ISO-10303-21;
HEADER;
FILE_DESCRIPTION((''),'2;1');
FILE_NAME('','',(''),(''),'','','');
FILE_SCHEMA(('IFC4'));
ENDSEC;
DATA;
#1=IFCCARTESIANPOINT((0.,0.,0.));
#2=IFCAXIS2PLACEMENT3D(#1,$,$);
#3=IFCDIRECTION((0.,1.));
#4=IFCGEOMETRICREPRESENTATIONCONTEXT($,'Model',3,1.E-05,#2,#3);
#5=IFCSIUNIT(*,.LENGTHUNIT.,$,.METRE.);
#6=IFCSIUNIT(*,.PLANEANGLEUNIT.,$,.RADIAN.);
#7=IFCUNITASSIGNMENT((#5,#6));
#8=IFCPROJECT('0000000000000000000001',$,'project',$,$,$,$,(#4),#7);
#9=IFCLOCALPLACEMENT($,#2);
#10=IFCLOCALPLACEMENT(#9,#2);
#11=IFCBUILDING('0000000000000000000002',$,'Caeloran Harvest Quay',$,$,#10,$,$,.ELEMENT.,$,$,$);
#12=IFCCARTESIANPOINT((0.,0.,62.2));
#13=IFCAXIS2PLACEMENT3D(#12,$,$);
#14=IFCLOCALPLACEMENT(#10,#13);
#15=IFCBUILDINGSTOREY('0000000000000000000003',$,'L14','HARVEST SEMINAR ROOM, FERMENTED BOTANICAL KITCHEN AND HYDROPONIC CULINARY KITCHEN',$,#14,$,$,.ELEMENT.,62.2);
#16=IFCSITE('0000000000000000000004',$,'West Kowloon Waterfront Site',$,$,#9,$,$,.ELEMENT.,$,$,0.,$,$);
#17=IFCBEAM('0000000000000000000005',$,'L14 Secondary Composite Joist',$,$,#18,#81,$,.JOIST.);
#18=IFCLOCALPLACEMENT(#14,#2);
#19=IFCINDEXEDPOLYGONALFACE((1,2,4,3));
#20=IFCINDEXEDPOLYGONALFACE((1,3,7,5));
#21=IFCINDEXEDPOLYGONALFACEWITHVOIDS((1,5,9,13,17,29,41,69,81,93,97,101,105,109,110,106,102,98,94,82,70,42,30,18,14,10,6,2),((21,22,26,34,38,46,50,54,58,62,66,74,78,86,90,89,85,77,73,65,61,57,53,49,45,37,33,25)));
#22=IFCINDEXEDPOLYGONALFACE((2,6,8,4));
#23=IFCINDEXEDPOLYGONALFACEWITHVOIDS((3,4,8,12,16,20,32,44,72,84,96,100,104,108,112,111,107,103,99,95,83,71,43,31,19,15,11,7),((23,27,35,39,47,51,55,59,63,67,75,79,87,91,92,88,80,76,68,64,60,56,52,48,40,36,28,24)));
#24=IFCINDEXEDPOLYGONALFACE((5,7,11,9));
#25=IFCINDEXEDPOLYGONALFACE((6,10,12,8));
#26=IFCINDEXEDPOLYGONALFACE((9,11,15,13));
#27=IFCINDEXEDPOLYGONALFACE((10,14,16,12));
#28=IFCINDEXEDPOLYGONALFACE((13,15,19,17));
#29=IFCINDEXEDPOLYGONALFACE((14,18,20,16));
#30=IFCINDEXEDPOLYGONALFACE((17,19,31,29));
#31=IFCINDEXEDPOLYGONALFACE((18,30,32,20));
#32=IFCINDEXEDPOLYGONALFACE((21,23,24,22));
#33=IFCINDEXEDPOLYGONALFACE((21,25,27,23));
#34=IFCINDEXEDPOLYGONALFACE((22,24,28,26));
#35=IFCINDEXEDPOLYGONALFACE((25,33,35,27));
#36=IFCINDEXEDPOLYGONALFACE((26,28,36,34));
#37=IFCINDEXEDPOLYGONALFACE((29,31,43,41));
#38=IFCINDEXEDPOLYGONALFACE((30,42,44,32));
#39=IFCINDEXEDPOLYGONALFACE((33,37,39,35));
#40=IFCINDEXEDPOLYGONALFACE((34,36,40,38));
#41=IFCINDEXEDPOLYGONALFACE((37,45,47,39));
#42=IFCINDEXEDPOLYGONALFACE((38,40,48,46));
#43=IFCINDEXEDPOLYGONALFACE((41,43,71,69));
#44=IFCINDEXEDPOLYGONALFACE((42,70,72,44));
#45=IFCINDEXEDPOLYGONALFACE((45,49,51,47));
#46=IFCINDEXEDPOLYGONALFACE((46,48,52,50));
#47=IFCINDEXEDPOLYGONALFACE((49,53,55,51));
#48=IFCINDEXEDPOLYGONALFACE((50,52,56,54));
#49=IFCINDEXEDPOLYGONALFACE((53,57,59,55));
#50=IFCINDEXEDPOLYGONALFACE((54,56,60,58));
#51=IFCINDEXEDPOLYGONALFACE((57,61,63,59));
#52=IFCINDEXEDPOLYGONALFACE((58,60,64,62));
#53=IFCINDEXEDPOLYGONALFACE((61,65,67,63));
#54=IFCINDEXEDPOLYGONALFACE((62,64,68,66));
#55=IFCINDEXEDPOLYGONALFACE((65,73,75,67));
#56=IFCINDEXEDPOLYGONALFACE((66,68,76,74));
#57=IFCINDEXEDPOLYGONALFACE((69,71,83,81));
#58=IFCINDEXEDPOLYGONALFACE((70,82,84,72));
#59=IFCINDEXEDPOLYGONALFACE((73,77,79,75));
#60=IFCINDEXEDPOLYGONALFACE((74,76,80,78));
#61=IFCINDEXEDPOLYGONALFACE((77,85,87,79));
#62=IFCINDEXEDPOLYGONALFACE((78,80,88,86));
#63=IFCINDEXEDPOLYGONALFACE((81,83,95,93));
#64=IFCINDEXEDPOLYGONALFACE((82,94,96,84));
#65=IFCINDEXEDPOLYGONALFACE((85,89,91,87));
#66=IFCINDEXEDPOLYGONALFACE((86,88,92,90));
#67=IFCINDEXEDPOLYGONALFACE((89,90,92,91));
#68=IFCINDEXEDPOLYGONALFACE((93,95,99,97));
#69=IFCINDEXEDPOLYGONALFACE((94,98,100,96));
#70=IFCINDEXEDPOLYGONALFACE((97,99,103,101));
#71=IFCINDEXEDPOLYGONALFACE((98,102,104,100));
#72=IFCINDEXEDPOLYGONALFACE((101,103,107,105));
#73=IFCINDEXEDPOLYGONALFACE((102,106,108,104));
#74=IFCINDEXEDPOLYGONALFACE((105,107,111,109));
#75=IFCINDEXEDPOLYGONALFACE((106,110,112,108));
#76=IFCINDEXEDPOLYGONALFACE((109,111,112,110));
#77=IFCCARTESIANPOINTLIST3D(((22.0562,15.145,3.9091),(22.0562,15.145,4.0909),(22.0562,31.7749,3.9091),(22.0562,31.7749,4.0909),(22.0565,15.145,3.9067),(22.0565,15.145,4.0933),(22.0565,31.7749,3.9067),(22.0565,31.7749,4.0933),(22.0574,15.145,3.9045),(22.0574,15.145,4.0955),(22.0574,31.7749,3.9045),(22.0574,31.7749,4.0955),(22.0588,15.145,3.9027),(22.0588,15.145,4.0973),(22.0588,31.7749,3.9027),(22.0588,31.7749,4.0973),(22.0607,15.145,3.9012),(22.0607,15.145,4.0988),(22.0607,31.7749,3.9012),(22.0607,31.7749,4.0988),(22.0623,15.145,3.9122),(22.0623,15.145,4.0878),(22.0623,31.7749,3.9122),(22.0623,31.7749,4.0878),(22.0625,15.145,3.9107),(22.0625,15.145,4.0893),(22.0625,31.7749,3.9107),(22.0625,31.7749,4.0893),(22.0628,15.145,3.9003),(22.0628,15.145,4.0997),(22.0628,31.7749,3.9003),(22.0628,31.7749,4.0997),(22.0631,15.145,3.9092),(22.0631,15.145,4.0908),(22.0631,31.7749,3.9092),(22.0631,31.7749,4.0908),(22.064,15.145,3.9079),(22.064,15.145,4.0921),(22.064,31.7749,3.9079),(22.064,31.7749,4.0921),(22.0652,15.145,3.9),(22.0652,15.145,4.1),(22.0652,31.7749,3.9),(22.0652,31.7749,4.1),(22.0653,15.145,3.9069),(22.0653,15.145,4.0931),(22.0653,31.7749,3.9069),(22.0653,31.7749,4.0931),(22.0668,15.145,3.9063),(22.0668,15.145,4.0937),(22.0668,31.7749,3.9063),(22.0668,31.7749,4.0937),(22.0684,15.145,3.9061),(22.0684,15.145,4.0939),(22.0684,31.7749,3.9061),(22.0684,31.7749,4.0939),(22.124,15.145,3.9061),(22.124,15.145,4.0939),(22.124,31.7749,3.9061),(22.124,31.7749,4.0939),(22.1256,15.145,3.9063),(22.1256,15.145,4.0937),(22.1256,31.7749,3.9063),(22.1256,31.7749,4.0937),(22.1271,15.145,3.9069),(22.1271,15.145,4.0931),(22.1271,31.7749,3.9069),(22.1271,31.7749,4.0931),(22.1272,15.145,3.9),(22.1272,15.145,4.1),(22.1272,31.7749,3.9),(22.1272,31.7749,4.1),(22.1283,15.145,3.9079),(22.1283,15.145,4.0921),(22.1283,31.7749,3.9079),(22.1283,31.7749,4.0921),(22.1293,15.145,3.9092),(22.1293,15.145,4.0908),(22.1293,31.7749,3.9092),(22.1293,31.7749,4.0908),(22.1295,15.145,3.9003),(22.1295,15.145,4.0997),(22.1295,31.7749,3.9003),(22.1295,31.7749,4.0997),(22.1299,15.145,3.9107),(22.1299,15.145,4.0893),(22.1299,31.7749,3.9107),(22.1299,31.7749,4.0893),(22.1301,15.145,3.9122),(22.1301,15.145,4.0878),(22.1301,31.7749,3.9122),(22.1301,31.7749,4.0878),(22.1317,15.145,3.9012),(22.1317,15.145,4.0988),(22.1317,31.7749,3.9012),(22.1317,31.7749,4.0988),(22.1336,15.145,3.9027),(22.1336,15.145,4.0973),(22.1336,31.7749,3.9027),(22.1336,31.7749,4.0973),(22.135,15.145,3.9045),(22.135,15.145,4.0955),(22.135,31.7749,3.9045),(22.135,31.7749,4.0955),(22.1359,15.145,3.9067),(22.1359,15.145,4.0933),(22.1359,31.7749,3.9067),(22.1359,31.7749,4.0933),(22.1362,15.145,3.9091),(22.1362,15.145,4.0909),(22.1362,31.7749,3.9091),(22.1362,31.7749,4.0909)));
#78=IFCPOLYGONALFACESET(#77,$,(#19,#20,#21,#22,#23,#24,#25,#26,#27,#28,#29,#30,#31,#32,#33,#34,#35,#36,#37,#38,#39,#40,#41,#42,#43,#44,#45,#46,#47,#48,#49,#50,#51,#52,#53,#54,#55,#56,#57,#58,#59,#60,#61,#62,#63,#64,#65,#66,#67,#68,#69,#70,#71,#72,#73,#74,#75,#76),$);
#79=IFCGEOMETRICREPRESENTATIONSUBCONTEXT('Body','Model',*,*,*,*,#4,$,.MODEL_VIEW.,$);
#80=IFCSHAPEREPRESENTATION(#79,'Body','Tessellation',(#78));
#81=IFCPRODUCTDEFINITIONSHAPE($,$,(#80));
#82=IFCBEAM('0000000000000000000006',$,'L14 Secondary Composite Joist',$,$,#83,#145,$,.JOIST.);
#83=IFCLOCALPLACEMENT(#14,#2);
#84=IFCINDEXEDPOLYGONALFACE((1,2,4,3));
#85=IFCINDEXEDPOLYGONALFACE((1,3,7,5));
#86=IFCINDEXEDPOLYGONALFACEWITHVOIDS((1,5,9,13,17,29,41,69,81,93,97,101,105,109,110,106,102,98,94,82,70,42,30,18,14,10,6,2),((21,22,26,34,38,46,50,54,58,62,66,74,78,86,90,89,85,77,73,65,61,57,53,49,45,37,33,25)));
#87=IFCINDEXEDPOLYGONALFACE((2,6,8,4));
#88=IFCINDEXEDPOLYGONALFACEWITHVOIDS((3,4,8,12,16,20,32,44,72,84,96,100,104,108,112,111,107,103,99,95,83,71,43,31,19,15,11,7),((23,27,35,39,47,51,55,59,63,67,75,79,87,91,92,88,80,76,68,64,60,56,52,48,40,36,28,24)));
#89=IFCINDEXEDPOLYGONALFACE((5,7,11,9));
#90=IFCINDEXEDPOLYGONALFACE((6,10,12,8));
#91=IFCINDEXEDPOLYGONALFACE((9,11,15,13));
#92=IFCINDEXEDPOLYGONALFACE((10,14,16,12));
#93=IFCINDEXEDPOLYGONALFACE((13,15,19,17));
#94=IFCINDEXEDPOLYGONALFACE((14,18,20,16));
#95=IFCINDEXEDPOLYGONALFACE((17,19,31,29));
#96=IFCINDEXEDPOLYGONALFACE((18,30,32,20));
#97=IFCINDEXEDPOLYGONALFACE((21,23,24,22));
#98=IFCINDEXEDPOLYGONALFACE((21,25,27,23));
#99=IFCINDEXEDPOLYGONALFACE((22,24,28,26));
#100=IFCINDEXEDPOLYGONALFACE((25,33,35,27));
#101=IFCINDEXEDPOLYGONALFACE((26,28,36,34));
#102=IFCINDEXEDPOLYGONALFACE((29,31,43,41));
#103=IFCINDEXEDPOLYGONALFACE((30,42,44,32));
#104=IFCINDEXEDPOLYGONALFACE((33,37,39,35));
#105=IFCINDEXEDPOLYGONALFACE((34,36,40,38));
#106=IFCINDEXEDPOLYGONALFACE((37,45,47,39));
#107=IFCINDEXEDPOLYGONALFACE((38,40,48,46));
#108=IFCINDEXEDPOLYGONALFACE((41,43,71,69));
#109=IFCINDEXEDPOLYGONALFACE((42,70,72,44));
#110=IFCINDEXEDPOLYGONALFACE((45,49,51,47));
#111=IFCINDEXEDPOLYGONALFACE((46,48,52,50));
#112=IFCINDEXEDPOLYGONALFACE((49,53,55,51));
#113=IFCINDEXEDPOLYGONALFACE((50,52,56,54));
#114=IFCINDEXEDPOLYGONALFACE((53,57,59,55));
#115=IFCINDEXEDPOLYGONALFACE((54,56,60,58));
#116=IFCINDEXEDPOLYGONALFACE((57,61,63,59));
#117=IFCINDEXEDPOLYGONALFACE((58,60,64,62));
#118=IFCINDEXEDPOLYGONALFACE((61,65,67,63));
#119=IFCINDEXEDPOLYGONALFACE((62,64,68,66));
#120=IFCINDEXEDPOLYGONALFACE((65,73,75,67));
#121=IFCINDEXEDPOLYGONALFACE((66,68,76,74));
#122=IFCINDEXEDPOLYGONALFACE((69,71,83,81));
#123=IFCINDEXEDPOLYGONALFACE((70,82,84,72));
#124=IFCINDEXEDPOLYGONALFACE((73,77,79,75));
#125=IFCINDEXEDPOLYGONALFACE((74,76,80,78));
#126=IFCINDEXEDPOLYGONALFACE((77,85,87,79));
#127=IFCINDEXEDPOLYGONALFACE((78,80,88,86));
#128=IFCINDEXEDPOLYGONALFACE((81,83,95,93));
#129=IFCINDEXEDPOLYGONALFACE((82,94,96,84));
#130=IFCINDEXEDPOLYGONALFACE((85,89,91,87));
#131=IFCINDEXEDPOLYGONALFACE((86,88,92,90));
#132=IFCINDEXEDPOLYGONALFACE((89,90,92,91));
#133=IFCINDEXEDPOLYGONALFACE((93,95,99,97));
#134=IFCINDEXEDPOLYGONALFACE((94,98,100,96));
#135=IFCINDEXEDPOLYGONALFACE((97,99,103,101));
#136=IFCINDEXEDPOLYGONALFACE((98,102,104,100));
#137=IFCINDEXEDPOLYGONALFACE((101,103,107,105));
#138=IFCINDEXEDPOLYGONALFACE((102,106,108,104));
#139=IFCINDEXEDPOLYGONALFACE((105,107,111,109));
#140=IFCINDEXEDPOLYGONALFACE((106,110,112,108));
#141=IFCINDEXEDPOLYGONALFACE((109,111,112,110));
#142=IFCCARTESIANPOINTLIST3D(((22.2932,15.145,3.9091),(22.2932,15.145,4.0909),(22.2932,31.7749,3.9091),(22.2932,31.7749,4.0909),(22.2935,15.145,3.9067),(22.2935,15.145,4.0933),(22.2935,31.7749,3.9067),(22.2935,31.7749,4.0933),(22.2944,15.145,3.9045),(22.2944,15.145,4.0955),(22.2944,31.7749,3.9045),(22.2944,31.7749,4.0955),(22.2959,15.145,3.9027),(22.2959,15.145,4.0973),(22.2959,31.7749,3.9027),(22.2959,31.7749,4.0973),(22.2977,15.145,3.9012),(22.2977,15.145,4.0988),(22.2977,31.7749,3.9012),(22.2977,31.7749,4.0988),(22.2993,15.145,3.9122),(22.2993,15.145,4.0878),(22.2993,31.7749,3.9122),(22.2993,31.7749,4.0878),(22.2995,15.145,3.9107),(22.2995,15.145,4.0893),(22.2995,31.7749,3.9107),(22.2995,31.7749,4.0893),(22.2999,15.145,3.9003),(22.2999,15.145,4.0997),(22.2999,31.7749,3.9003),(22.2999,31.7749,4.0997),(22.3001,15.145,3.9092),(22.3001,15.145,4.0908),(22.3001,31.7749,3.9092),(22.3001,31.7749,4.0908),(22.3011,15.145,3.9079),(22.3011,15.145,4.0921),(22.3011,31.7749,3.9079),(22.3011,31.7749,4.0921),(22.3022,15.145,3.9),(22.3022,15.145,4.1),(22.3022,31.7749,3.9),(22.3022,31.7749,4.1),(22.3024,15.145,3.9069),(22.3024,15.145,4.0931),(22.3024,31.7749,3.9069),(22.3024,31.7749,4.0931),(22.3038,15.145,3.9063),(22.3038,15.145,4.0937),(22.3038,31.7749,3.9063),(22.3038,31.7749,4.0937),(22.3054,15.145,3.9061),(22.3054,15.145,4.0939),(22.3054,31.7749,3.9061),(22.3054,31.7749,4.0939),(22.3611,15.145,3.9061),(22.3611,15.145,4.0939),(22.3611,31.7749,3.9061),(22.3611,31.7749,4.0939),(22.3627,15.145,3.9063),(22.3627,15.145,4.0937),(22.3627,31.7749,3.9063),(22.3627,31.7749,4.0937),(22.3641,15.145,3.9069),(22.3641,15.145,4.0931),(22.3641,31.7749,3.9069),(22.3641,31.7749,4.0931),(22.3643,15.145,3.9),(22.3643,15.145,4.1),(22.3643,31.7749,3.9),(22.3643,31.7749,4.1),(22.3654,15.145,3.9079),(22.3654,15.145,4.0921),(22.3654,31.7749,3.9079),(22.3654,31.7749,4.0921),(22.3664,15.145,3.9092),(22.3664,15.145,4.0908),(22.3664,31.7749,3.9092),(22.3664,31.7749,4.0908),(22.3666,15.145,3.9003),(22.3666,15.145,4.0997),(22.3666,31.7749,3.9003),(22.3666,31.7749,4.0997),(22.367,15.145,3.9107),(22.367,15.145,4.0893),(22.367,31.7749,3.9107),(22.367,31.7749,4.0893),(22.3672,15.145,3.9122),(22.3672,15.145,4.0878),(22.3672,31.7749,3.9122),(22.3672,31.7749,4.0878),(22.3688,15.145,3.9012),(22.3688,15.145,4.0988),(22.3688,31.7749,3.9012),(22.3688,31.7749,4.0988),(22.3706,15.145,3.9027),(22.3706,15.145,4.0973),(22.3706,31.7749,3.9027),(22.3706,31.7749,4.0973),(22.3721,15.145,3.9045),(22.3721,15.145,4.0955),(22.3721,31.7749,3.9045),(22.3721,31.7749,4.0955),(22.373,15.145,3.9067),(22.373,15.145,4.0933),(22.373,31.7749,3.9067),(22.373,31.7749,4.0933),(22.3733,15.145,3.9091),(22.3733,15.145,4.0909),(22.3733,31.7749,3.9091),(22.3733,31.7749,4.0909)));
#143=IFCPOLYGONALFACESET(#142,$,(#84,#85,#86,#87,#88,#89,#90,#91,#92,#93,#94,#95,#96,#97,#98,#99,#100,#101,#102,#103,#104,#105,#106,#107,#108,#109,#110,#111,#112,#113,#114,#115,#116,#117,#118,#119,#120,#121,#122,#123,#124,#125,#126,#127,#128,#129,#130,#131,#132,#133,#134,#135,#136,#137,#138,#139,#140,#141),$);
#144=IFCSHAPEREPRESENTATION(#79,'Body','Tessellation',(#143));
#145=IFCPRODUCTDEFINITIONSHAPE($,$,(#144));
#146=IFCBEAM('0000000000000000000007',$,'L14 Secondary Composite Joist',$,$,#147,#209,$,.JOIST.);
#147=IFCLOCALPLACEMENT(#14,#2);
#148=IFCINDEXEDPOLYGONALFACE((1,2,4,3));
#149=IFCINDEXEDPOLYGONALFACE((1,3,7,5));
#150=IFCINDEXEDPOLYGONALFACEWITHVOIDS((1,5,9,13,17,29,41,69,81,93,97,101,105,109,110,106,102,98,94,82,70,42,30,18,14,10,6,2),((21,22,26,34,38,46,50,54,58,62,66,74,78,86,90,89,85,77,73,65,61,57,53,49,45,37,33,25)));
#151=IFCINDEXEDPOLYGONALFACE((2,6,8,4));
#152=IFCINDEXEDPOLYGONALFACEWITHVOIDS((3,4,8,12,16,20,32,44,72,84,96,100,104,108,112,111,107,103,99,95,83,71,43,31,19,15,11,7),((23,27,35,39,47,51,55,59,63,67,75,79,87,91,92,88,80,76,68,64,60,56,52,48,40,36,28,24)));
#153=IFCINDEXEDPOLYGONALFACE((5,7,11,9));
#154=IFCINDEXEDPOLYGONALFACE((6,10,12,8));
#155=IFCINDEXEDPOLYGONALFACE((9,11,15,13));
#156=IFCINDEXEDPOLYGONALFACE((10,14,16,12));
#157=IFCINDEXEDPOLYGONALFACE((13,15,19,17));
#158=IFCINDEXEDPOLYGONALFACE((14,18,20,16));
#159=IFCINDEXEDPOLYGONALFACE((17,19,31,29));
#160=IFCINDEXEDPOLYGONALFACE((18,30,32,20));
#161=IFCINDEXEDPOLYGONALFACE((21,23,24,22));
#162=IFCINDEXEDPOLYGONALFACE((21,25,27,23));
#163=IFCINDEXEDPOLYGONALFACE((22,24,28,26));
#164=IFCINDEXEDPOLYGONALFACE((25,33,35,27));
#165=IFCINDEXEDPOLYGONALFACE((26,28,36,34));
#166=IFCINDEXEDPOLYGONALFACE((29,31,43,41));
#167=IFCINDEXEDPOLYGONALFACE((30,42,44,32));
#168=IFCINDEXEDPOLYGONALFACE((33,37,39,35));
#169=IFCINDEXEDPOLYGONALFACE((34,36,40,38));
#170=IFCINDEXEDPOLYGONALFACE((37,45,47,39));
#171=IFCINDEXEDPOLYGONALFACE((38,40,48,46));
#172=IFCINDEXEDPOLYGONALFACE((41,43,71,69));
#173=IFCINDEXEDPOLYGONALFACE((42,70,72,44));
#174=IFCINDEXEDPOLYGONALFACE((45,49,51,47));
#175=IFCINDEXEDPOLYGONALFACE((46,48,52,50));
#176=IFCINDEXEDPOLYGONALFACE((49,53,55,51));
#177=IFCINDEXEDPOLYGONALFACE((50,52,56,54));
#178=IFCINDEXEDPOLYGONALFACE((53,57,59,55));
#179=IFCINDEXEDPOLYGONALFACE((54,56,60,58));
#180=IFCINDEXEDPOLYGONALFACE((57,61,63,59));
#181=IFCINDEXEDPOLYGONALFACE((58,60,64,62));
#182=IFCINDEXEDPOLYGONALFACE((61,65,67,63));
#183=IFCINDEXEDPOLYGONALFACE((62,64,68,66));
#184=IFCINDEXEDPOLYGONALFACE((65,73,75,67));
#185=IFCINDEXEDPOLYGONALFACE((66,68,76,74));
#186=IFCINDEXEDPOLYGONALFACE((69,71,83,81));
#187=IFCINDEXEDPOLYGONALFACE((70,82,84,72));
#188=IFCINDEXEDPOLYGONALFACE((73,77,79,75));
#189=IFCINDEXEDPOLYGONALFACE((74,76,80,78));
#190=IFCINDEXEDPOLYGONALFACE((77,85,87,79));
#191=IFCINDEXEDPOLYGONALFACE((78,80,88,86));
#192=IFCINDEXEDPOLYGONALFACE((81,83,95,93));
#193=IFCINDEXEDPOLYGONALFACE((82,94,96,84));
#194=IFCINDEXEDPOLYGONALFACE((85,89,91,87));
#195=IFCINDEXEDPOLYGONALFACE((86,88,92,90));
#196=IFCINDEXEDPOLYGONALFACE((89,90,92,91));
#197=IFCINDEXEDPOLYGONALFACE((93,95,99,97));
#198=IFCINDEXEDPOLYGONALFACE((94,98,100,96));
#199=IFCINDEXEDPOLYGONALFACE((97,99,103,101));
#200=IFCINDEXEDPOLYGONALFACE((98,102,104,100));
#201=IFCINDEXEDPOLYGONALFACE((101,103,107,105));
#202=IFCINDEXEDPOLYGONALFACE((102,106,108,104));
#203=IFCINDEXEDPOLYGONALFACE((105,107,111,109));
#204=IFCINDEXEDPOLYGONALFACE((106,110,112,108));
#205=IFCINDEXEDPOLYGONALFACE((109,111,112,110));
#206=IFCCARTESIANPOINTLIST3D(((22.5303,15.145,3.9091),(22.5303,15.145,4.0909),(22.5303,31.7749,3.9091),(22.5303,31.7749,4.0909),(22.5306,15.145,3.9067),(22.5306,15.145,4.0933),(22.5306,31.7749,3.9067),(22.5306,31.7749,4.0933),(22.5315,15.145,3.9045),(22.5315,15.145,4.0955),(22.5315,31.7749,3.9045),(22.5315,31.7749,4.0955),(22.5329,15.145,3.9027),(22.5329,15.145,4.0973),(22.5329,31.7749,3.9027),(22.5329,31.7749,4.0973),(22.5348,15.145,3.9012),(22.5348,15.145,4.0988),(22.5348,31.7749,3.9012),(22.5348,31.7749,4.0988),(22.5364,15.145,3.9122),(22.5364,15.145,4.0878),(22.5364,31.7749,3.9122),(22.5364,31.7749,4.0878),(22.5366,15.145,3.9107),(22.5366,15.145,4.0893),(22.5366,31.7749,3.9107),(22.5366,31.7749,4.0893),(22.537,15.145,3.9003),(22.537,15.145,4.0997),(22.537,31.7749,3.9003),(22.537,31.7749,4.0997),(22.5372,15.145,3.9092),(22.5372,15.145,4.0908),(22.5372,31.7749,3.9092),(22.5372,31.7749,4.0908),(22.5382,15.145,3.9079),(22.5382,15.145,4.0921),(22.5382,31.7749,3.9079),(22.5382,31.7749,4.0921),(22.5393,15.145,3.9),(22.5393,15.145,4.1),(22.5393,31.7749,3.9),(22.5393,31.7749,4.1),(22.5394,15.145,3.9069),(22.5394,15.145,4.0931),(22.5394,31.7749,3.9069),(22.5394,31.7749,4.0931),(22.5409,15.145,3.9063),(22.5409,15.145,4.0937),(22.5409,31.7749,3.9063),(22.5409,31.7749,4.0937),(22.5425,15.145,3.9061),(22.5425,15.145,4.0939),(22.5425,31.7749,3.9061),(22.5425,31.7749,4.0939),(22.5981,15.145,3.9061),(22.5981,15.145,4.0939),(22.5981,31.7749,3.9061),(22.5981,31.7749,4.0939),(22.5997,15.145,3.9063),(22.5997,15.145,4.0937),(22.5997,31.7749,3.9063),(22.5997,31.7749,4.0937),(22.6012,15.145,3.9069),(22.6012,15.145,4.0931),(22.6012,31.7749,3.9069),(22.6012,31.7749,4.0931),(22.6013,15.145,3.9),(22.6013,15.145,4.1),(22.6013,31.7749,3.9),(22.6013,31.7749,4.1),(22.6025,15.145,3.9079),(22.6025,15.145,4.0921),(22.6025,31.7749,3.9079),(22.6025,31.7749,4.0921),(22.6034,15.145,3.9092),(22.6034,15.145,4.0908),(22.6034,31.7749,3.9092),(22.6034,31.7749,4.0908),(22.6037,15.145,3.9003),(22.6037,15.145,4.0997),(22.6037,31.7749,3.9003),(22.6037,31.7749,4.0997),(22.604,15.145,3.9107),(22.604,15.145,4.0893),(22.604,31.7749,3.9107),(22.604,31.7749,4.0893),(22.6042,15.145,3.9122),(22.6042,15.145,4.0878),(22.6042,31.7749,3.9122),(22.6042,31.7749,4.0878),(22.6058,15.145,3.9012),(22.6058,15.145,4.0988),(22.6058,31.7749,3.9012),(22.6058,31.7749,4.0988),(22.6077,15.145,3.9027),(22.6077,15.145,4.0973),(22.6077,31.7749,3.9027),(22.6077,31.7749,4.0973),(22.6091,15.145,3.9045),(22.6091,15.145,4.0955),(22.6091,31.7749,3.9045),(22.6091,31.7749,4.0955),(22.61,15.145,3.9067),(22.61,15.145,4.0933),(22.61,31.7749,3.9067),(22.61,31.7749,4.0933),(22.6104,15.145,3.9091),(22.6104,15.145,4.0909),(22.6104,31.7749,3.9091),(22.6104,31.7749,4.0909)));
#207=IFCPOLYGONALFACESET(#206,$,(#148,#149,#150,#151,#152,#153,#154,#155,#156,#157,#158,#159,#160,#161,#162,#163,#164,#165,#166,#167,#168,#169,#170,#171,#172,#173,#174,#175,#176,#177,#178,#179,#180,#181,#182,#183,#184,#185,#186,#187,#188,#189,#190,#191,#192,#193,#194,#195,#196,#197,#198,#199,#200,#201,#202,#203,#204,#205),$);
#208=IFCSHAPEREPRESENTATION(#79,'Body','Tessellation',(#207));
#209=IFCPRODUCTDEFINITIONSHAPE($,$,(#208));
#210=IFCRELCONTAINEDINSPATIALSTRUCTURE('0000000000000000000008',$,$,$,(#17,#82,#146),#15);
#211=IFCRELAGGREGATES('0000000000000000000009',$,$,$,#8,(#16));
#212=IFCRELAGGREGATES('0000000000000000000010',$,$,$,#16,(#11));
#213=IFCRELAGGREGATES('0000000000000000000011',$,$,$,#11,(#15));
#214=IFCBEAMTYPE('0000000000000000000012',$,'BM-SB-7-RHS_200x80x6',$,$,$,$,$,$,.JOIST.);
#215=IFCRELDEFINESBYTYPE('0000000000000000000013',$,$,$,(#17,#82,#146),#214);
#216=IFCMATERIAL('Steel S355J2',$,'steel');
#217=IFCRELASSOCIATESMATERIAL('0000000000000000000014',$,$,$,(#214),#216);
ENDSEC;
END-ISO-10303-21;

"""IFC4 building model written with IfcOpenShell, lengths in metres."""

from ifc_helpers import new_model, si_unit, direction, frame, origin, origin_2d, place, context, subcontext, project, spatial, hollow_rectangle, extrude, material, material_profile, profile_set, type_object, element, save


model = new_model("IFC4")

# Units and contexts
model_context = context("Model", 3, precision=1e-05, world=origin(), true_north=direction((0.0, 1.0)))
body_context = subcontext(model_context, "Body", "Model", "MODEL_VIEW")
ifc_project = project(units=[si_unit("LENGTHUNIT", "METRE"), si_unit("PLANEANGLEUNIT", "RADIAN")], contexts=[model_context])

# Site, building, storey
site_placement = place(None, origin())
site = spatial("IfcSite", under=ifc_project, at=site_placement, Name="West Kowloon Waterfront Site", CompositionType="ELEMENT", RefElevation=0.0)
building_placement = place(site_placement, origin())
building = spatial("IfcBuilding", under=site, at=building_placement, Name="Caeloran Harvest Quay", CompositionType="ELEMENT")
storey_placement = place(building_placement, frame((0.0, 0.0, 62.2)))
storey = spatial("IfcBuildingStorey", under=building, at=storey_placement, Name="L14", Description="HARVEST SEMINAR ROOM, FERMENTED BOTANICAL KITCHEN AND HYDROPONIC CULINARY KITCHEN", CompositionType="ELEMENT", Elevation=62.2)

# Beams
ifc_material_1 = material(Name="Steel S355J2", Category="steel")
ifc_material_profile_1 = material_profile(ifc_material_1, hollow_rectangle(XDim=0.0801, YDim=0.2, WallThickness=0.0061, InnerFilletRadius=0.0061, OuterFilletRadius=0.009, at=origin_2d()), Name="RHS 200x80x6")
ifc_profile_set_1 = profile_set([ifc_material_profile_1], Name="Steel S355J2")
beam_type_1 = type_object("IfcBeamType", Name="BM-SB-7-RHS_200x80x6", PredefinedType="JOIST", material=ifc_profile_set_1)
for number, where, z_axis, x_axis, name in (
    (1, (22.0962, 15.145, 4.0), (0.0, 1.0, 0.0), (-1.0, 0.0, 0.0), "L14 Secondary Composite Joist"),
    (2, (22.3333, 15.145, 4.0), (0.0, 1.0, 0.0), (-1.0, 0.0, 0.0), "L14 Secondary Composite Joist"),
    (3, (22.5703, 15.145, 4.0), (0.0, 1.0, 0.0), (-1.0, 0.0, 0.0), "L14 Secondary Composite Joist"),
):
    element("IfcBeam", number, at=place(storey_placement, frame(where, z_axis=z_axis, x_axis=x_axis)), inside=storey, type_object=beam_type_1, Name=name, PredefinedType="JOIST", context=body_context, shape_type="SweptSolid", body=[
        extrude(hollow_rectangle(XDim=0.0801, YDim=0.2, WallThickness=0.0061, InnerFilletRadius=0.0061, OuterFilletRadius=0.009, at=origin_2d()), origin(), (0.0, 0.0, 1.0), 16.6299),
    ])

save(model, "model.ifc")
